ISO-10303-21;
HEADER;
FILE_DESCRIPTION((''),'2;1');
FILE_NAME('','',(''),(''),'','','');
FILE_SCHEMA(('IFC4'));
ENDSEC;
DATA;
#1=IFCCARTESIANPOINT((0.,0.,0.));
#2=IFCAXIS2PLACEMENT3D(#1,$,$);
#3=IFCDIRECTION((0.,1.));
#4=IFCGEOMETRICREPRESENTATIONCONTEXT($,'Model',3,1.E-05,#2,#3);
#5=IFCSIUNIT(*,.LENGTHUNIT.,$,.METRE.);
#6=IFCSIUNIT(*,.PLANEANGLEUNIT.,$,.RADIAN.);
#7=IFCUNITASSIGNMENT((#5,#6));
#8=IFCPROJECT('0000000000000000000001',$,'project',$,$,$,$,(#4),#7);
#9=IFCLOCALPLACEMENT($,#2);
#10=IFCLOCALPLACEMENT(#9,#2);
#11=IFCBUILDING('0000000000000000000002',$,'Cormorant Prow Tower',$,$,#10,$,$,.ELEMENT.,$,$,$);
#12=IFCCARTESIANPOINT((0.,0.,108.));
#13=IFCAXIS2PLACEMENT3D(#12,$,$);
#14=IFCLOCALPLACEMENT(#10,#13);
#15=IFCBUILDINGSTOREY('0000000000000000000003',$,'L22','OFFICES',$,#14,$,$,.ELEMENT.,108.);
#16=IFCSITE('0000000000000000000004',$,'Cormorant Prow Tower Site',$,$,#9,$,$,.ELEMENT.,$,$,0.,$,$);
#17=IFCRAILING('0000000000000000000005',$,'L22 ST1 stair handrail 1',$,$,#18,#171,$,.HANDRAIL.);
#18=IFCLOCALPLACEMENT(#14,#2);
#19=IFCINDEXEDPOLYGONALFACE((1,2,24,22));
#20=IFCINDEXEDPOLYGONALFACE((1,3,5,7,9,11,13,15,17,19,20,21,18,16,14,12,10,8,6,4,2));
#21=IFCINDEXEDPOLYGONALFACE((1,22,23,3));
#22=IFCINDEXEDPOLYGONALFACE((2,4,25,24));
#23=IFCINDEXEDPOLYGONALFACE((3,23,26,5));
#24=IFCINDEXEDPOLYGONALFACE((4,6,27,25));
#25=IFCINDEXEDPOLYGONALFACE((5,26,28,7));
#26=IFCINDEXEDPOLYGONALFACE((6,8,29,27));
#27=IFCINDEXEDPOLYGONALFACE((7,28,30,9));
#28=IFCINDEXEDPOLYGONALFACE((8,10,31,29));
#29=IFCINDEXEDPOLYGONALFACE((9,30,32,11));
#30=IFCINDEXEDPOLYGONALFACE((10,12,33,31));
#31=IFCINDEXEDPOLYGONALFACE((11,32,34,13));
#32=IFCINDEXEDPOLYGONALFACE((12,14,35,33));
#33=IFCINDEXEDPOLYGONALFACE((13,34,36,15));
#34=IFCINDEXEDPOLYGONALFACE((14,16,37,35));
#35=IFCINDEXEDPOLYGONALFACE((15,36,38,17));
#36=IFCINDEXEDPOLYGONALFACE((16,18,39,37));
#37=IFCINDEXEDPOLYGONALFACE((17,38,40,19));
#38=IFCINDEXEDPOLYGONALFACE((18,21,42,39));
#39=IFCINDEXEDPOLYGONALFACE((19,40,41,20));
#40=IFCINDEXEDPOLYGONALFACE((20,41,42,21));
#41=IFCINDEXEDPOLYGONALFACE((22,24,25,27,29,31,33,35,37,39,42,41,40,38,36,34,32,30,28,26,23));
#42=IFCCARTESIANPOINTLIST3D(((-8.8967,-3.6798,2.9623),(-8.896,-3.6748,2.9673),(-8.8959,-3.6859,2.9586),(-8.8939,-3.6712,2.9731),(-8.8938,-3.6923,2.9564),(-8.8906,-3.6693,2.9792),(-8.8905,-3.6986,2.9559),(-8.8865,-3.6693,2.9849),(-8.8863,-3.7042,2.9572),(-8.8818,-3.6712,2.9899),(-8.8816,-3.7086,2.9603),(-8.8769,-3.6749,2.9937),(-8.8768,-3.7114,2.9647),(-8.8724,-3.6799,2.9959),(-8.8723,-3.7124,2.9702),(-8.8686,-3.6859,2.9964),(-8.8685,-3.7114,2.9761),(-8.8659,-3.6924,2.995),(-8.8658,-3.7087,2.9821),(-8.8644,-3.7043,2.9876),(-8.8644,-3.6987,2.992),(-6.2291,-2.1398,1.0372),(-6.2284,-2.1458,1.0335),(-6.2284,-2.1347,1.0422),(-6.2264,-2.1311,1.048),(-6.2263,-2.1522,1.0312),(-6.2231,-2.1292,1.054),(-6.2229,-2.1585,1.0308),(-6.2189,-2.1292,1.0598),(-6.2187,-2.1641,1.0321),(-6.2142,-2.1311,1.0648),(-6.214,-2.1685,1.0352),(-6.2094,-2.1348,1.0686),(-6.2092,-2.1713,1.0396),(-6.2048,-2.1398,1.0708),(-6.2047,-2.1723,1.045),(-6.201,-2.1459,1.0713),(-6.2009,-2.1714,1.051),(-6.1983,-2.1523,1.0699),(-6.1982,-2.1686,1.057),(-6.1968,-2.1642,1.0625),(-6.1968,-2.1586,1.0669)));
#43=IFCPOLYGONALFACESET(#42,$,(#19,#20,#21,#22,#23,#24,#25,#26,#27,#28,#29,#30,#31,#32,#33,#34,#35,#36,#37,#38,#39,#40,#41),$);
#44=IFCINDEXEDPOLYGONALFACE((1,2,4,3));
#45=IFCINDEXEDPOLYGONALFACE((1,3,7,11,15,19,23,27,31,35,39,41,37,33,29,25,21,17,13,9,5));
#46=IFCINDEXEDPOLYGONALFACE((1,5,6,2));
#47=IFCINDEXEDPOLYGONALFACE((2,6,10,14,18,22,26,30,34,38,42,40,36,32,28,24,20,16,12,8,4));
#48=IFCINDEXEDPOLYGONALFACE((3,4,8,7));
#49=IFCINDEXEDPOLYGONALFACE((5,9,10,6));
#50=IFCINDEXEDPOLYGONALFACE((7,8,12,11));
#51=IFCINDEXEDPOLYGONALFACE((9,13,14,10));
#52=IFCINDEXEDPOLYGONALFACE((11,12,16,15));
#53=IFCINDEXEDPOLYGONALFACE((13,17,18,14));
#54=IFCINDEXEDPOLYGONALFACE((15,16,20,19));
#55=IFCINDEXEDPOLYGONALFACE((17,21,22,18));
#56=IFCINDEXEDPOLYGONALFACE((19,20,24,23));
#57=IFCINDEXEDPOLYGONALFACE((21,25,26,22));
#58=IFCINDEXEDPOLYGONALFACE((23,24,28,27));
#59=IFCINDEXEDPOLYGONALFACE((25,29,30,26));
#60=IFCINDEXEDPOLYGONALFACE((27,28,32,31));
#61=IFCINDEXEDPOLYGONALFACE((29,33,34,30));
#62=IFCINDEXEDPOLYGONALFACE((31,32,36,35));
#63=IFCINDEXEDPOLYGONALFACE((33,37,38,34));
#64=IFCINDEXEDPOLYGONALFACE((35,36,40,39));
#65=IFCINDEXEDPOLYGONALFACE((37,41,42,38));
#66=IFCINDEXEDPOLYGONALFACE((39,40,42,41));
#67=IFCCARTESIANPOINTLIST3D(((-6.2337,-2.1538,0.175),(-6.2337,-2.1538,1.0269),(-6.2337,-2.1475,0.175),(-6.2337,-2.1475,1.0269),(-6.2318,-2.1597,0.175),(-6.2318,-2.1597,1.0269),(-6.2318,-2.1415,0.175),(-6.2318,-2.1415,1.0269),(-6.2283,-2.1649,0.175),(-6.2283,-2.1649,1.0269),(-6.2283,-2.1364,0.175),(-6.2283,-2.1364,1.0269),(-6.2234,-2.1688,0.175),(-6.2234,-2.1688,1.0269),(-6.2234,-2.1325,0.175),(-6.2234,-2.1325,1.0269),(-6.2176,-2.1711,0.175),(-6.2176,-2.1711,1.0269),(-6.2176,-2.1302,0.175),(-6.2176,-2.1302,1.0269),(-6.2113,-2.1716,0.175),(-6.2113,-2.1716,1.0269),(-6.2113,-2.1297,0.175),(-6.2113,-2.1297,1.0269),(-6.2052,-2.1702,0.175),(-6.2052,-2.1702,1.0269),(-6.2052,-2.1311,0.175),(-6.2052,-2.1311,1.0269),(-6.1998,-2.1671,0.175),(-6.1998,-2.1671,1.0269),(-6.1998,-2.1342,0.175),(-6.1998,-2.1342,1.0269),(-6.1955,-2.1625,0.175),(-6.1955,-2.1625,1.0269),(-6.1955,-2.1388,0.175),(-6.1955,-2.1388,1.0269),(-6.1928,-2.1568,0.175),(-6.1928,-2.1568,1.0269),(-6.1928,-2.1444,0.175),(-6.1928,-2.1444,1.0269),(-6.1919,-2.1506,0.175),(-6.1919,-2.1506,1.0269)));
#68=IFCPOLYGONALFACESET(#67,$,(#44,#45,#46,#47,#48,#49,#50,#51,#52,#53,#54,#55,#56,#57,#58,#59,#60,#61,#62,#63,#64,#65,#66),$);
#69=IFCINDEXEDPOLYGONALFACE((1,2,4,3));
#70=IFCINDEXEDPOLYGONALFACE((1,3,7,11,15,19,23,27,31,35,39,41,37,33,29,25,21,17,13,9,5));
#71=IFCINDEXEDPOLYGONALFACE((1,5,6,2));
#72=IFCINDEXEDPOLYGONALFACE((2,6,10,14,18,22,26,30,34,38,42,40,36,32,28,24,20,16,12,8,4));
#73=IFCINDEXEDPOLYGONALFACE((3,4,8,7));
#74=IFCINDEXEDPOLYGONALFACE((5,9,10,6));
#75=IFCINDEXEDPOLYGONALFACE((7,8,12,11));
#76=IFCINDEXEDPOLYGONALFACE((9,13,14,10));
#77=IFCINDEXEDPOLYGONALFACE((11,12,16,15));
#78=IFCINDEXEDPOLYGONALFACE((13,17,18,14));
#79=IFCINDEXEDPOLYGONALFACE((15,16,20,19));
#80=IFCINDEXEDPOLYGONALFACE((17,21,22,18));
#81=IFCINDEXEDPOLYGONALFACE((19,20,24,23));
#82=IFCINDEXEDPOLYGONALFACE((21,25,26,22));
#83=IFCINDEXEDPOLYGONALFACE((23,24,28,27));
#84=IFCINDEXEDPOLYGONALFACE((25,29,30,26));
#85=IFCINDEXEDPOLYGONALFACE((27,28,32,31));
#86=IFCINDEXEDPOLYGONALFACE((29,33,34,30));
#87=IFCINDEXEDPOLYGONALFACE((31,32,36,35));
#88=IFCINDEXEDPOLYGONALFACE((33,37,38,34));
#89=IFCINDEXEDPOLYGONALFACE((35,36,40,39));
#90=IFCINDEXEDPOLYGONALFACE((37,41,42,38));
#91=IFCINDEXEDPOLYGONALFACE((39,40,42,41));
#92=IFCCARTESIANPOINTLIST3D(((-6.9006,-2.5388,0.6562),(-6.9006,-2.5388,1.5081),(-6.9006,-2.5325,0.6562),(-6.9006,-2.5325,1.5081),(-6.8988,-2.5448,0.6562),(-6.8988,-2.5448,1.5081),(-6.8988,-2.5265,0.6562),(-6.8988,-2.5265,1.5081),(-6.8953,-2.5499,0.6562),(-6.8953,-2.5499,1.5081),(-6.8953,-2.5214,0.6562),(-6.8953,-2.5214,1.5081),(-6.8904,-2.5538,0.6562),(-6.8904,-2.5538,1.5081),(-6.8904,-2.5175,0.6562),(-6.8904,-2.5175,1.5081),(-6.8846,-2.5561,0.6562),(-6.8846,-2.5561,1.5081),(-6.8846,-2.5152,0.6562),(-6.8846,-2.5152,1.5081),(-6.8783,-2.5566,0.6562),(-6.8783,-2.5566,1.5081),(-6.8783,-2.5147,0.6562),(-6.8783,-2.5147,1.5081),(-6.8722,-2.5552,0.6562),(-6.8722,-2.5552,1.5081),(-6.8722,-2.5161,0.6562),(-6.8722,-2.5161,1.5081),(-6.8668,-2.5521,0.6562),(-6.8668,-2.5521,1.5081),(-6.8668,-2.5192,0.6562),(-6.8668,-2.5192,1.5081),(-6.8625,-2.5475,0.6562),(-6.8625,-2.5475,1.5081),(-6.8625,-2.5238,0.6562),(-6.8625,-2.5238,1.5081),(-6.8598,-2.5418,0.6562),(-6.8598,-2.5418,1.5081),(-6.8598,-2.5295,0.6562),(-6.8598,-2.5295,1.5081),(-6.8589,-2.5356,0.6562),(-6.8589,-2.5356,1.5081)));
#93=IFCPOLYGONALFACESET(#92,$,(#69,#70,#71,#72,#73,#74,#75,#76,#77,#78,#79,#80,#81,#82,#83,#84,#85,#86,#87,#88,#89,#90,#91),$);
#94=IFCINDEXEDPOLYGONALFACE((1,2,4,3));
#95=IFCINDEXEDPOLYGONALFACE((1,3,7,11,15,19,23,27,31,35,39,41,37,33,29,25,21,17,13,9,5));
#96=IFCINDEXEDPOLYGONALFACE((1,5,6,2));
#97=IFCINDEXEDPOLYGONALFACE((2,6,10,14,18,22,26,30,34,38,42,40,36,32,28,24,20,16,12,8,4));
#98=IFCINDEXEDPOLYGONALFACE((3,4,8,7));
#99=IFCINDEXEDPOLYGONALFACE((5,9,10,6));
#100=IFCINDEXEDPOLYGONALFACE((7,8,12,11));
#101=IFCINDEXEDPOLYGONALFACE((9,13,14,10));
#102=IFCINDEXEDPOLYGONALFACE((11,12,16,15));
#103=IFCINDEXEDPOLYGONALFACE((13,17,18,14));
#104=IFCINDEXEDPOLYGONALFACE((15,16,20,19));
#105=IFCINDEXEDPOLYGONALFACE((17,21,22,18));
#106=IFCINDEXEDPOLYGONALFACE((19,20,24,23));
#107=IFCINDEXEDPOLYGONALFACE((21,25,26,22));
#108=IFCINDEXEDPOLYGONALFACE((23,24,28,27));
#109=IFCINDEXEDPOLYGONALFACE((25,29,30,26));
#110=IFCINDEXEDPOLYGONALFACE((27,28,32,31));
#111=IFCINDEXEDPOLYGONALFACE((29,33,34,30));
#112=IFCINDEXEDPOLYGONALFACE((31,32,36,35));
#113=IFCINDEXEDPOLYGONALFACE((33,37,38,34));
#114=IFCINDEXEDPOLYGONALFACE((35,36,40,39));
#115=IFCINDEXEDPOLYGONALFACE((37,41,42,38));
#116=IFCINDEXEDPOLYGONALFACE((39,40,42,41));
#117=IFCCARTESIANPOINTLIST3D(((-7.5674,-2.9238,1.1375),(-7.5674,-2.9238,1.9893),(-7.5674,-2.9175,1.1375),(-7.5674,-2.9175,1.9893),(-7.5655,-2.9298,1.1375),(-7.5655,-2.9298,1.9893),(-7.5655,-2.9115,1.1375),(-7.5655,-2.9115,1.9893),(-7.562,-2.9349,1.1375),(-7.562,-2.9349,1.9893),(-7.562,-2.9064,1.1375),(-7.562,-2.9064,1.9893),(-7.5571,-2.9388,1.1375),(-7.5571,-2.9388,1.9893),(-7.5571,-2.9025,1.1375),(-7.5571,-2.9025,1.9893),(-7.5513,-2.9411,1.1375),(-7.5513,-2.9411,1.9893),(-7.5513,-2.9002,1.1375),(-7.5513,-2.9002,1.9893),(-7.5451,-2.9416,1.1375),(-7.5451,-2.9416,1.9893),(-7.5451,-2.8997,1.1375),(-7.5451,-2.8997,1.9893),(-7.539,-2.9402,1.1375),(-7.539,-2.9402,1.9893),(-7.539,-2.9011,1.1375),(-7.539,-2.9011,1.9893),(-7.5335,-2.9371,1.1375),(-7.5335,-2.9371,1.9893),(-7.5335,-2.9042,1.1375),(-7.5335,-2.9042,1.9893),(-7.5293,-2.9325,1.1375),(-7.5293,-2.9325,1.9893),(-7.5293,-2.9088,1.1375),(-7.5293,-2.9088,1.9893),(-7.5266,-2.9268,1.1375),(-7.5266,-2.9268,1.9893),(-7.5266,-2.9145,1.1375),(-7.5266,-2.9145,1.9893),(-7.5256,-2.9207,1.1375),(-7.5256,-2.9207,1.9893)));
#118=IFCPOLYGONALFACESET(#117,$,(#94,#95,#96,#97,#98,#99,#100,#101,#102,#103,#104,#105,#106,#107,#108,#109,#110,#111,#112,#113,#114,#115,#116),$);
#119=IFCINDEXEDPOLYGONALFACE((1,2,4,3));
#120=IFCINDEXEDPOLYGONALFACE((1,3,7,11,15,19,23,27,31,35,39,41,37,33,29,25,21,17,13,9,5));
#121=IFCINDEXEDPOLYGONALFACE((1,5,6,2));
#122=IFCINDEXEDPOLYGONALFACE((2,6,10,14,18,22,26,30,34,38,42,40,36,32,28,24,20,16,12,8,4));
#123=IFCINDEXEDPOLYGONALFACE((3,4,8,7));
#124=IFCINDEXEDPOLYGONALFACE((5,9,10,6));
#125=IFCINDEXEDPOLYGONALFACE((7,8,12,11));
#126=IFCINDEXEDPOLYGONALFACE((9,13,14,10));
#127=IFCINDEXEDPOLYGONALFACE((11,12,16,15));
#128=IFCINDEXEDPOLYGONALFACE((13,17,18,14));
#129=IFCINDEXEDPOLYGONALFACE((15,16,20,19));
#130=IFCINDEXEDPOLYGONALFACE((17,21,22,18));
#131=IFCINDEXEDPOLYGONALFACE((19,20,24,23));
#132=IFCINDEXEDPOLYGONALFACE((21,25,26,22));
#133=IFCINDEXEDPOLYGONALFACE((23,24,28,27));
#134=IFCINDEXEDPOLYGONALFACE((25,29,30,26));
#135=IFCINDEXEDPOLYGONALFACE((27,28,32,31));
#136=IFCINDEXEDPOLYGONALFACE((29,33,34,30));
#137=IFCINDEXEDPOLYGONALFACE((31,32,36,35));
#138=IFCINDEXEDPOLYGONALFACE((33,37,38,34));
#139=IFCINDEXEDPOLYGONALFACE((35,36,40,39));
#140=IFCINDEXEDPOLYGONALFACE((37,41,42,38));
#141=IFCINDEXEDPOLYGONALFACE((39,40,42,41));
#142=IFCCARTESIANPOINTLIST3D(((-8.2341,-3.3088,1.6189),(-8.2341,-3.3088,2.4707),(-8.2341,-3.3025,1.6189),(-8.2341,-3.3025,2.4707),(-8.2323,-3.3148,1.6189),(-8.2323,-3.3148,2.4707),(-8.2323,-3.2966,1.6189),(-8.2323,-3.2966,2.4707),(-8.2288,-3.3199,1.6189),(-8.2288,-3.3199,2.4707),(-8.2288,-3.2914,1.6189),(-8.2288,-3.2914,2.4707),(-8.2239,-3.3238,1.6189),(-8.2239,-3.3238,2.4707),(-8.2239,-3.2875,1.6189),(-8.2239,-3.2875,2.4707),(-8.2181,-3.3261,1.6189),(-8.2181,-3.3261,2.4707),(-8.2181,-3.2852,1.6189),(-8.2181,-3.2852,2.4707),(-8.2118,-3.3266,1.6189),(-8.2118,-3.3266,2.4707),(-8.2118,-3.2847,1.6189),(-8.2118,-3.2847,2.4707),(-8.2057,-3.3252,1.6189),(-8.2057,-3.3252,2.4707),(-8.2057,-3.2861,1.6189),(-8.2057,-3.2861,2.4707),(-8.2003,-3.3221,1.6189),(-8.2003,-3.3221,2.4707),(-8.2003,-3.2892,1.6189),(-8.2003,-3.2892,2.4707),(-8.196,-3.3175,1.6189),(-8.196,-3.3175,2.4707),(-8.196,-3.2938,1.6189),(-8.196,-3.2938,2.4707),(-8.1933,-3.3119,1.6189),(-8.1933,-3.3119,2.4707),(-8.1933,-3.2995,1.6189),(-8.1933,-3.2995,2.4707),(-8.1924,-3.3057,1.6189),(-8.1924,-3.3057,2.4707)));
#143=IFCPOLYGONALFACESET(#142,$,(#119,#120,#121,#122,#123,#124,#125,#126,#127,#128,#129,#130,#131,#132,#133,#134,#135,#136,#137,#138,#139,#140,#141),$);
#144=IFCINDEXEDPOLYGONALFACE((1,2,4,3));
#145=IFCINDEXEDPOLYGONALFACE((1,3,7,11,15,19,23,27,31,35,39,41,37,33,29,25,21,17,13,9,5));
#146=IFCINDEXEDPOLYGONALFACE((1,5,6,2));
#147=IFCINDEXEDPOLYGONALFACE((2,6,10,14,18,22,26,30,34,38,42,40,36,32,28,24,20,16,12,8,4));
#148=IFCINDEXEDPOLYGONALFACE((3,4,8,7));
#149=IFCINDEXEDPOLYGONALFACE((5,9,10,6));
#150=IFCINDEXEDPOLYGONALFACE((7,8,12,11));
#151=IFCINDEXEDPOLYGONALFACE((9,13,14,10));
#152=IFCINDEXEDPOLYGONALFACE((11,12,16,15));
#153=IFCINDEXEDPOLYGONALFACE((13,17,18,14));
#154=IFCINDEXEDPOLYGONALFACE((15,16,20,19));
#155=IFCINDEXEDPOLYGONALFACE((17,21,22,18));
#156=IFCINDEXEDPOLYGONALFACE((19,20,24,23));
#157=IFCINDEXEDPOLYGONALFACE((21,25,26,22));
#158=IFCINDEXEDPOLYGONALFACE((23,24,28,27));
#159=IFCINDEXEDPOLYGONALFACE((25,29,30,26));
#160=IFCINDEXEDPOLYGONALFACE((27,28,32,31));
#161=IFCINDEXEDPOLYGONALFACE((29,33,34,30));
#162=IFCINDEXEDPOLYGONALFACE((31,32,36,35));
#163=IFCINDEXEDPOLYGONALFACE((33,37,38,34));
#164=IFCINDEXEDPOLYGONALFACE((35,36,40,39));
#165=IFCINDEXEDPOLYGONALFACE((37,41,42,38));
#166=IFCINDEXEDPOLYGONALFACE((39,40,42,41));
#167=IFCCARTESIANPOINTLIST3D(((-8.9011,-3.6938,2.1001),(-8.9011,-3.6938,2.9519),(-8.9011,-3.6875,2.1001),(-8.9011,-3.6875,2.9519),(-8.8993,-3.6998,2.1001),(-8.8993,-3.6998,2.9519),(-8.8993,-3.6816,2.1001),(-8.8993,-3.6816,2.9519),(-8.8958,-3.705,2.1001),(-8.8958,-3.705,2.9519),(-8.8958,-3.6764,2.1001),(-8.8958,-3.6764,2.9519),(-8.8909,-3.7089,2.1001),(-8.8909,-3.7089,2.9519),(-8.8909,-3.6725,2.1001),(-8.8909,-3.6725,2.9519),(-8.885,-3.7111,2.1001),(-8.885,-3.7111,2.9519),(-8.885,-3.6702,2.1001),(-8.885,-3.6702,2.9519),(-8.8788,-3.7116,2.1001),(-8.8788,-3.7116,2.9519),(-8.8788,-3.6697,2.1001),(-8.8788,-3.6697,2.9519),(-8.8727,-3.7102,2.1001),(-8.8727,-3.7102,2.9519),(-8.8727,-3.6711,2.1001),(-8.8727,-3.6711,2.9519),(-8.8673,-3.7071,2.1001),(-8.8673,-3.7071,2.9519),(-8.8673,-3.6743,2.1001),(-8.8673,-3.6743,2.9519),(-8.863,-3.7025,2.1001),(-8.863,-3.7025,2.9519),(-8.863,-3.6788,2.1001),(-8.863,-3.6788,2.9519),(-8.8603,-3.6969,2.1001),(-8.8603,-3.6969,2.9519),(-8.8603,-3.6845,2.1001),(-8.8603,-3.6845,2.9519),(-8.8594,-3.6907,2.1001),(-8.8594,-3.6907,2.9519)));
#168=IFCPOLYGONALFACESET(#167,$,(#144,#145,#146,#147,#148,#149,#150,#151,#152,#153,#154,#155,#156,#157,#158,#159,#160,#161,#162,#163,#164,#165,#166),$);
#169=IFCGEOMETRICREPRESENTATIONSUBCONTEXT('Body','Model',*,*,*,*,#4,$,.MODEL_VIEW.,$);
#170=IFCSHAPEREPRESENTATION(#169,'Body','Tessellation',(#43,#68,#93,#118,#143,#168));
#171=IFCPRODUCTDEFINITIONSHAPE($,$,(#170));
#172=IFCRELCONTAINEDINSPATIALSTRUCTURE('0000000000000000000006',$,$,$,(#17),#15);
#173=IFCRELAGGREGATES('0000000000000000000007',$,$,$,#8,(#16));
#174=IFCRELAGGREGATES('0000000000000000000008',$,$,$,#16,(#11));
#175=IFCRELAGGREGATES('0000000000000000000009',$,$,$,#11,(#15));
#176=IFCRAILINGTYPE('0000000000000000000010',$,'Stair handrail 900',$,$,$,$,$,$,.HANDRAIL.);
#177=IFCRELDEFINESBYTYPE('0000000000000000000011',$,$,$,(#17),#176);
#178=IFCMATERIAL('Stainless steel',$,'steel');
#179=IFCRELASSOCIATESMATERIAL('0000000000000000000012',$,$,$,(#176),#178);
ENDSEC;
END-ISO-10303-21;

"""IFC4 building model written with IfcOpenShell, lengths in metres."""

from ifc_helpers import new_model, si_unit, direction, frame, origin, origin_2d, place, context, subcontext, project, spatial, circle, extrude, material, type_object, element, save


model = new_model("IFC4")

# Units and contexts
model_context = context("Model", 3, precision=1e-05, world=origin(), true_north=direction((0.0, 1.0)))
body_context = subcontext(model_context, "Body", "Model", "MODEL_VIEW")
ifc_project = project(units=[si_unit("LENGTHUNIT", "METRE"), si_unit("PLANEANGLEUNIT", "RADIAN")], contexts=[model_context])

# Site, building, storey
site_placement = place(None, origin())
site = spatial("IfcSite", under=ifc_project, at=site_placement, Name="Cormorant Prow Tower Site", CompositionType="ELEMENT", RefElevation=0.0)
building_placement = place(site_placement, origin())
building = spatial("IfcBuilding", under=site, at=building_placement, Name="Cormorant Prow Tower", CompositionType="ELEMENT")
storey_placement = place(building_placement, frame((0.0, 0.0, 108.0)))
storey = spatial("IfcBuildingStorey", under=building, at=storey_placement, Name="L22", Description="OFFICES", CompositionType="ELEMENT", Elevation=108.0)

# Railing
ifc_material_1 = material(Name="Stainless steel", Category="steel")
railing_type_1 = type_object("IfcRailingType", Name="Stair handrail 900", PredefinedType="HANDRAIL", material=ifc_material_1)
railing_1_placement = place(storey_placement, frame((-6.2129, -2.1506, 0.175)))
element("IfcRailing", 1, at=railing_1_placement, inside=storey, type_object=railing_type_1, Name="L22 ST1 stair handrail 1", PredefinedType="HANDRAIL", context=body_context, shape_type="SweptSolid", body=[
    extrude(circle(Radius=0.0239, at=origin_2d()), frame((0.0, 0.0, 0.876), z_axis=(-0.734395, -0.423994, 0.529993), x_axis=(0.499992, -0.86603, 0.0)), (0.0, 0.0, 1.0), 3.6323),
    extrude(circle(Radius=0.021, at=origin_2d()), origin(), (0.0, 0.0, 1.0), 0.8518),
    extrude(circle(Radius=0.021, at=origin_2d()), frame((-0.667, -0.385, 0.4812)), (0.0, 0.0, 1.0), 0.8518),
    extrude(circle(Radius=0.021, at=origin_2d()), frame((-1.3337, -0.77, 0.9624)), (0.0, 0.0, 1.0), 0.8518),
    extrude(circle(Radius=0.021, at=origin_2d()), frame((-2.0005, -1.155, 1.4438)), (0.0, 0.0, 1.0), 0.8518),
    extrude(circle(Radius=0.021, at=origin_2d()), frame((-2.6675, -1.54, 1.925)), (0.0, 0.0, 1.0), 0.8518),
])

save(model, "model.ifc")
